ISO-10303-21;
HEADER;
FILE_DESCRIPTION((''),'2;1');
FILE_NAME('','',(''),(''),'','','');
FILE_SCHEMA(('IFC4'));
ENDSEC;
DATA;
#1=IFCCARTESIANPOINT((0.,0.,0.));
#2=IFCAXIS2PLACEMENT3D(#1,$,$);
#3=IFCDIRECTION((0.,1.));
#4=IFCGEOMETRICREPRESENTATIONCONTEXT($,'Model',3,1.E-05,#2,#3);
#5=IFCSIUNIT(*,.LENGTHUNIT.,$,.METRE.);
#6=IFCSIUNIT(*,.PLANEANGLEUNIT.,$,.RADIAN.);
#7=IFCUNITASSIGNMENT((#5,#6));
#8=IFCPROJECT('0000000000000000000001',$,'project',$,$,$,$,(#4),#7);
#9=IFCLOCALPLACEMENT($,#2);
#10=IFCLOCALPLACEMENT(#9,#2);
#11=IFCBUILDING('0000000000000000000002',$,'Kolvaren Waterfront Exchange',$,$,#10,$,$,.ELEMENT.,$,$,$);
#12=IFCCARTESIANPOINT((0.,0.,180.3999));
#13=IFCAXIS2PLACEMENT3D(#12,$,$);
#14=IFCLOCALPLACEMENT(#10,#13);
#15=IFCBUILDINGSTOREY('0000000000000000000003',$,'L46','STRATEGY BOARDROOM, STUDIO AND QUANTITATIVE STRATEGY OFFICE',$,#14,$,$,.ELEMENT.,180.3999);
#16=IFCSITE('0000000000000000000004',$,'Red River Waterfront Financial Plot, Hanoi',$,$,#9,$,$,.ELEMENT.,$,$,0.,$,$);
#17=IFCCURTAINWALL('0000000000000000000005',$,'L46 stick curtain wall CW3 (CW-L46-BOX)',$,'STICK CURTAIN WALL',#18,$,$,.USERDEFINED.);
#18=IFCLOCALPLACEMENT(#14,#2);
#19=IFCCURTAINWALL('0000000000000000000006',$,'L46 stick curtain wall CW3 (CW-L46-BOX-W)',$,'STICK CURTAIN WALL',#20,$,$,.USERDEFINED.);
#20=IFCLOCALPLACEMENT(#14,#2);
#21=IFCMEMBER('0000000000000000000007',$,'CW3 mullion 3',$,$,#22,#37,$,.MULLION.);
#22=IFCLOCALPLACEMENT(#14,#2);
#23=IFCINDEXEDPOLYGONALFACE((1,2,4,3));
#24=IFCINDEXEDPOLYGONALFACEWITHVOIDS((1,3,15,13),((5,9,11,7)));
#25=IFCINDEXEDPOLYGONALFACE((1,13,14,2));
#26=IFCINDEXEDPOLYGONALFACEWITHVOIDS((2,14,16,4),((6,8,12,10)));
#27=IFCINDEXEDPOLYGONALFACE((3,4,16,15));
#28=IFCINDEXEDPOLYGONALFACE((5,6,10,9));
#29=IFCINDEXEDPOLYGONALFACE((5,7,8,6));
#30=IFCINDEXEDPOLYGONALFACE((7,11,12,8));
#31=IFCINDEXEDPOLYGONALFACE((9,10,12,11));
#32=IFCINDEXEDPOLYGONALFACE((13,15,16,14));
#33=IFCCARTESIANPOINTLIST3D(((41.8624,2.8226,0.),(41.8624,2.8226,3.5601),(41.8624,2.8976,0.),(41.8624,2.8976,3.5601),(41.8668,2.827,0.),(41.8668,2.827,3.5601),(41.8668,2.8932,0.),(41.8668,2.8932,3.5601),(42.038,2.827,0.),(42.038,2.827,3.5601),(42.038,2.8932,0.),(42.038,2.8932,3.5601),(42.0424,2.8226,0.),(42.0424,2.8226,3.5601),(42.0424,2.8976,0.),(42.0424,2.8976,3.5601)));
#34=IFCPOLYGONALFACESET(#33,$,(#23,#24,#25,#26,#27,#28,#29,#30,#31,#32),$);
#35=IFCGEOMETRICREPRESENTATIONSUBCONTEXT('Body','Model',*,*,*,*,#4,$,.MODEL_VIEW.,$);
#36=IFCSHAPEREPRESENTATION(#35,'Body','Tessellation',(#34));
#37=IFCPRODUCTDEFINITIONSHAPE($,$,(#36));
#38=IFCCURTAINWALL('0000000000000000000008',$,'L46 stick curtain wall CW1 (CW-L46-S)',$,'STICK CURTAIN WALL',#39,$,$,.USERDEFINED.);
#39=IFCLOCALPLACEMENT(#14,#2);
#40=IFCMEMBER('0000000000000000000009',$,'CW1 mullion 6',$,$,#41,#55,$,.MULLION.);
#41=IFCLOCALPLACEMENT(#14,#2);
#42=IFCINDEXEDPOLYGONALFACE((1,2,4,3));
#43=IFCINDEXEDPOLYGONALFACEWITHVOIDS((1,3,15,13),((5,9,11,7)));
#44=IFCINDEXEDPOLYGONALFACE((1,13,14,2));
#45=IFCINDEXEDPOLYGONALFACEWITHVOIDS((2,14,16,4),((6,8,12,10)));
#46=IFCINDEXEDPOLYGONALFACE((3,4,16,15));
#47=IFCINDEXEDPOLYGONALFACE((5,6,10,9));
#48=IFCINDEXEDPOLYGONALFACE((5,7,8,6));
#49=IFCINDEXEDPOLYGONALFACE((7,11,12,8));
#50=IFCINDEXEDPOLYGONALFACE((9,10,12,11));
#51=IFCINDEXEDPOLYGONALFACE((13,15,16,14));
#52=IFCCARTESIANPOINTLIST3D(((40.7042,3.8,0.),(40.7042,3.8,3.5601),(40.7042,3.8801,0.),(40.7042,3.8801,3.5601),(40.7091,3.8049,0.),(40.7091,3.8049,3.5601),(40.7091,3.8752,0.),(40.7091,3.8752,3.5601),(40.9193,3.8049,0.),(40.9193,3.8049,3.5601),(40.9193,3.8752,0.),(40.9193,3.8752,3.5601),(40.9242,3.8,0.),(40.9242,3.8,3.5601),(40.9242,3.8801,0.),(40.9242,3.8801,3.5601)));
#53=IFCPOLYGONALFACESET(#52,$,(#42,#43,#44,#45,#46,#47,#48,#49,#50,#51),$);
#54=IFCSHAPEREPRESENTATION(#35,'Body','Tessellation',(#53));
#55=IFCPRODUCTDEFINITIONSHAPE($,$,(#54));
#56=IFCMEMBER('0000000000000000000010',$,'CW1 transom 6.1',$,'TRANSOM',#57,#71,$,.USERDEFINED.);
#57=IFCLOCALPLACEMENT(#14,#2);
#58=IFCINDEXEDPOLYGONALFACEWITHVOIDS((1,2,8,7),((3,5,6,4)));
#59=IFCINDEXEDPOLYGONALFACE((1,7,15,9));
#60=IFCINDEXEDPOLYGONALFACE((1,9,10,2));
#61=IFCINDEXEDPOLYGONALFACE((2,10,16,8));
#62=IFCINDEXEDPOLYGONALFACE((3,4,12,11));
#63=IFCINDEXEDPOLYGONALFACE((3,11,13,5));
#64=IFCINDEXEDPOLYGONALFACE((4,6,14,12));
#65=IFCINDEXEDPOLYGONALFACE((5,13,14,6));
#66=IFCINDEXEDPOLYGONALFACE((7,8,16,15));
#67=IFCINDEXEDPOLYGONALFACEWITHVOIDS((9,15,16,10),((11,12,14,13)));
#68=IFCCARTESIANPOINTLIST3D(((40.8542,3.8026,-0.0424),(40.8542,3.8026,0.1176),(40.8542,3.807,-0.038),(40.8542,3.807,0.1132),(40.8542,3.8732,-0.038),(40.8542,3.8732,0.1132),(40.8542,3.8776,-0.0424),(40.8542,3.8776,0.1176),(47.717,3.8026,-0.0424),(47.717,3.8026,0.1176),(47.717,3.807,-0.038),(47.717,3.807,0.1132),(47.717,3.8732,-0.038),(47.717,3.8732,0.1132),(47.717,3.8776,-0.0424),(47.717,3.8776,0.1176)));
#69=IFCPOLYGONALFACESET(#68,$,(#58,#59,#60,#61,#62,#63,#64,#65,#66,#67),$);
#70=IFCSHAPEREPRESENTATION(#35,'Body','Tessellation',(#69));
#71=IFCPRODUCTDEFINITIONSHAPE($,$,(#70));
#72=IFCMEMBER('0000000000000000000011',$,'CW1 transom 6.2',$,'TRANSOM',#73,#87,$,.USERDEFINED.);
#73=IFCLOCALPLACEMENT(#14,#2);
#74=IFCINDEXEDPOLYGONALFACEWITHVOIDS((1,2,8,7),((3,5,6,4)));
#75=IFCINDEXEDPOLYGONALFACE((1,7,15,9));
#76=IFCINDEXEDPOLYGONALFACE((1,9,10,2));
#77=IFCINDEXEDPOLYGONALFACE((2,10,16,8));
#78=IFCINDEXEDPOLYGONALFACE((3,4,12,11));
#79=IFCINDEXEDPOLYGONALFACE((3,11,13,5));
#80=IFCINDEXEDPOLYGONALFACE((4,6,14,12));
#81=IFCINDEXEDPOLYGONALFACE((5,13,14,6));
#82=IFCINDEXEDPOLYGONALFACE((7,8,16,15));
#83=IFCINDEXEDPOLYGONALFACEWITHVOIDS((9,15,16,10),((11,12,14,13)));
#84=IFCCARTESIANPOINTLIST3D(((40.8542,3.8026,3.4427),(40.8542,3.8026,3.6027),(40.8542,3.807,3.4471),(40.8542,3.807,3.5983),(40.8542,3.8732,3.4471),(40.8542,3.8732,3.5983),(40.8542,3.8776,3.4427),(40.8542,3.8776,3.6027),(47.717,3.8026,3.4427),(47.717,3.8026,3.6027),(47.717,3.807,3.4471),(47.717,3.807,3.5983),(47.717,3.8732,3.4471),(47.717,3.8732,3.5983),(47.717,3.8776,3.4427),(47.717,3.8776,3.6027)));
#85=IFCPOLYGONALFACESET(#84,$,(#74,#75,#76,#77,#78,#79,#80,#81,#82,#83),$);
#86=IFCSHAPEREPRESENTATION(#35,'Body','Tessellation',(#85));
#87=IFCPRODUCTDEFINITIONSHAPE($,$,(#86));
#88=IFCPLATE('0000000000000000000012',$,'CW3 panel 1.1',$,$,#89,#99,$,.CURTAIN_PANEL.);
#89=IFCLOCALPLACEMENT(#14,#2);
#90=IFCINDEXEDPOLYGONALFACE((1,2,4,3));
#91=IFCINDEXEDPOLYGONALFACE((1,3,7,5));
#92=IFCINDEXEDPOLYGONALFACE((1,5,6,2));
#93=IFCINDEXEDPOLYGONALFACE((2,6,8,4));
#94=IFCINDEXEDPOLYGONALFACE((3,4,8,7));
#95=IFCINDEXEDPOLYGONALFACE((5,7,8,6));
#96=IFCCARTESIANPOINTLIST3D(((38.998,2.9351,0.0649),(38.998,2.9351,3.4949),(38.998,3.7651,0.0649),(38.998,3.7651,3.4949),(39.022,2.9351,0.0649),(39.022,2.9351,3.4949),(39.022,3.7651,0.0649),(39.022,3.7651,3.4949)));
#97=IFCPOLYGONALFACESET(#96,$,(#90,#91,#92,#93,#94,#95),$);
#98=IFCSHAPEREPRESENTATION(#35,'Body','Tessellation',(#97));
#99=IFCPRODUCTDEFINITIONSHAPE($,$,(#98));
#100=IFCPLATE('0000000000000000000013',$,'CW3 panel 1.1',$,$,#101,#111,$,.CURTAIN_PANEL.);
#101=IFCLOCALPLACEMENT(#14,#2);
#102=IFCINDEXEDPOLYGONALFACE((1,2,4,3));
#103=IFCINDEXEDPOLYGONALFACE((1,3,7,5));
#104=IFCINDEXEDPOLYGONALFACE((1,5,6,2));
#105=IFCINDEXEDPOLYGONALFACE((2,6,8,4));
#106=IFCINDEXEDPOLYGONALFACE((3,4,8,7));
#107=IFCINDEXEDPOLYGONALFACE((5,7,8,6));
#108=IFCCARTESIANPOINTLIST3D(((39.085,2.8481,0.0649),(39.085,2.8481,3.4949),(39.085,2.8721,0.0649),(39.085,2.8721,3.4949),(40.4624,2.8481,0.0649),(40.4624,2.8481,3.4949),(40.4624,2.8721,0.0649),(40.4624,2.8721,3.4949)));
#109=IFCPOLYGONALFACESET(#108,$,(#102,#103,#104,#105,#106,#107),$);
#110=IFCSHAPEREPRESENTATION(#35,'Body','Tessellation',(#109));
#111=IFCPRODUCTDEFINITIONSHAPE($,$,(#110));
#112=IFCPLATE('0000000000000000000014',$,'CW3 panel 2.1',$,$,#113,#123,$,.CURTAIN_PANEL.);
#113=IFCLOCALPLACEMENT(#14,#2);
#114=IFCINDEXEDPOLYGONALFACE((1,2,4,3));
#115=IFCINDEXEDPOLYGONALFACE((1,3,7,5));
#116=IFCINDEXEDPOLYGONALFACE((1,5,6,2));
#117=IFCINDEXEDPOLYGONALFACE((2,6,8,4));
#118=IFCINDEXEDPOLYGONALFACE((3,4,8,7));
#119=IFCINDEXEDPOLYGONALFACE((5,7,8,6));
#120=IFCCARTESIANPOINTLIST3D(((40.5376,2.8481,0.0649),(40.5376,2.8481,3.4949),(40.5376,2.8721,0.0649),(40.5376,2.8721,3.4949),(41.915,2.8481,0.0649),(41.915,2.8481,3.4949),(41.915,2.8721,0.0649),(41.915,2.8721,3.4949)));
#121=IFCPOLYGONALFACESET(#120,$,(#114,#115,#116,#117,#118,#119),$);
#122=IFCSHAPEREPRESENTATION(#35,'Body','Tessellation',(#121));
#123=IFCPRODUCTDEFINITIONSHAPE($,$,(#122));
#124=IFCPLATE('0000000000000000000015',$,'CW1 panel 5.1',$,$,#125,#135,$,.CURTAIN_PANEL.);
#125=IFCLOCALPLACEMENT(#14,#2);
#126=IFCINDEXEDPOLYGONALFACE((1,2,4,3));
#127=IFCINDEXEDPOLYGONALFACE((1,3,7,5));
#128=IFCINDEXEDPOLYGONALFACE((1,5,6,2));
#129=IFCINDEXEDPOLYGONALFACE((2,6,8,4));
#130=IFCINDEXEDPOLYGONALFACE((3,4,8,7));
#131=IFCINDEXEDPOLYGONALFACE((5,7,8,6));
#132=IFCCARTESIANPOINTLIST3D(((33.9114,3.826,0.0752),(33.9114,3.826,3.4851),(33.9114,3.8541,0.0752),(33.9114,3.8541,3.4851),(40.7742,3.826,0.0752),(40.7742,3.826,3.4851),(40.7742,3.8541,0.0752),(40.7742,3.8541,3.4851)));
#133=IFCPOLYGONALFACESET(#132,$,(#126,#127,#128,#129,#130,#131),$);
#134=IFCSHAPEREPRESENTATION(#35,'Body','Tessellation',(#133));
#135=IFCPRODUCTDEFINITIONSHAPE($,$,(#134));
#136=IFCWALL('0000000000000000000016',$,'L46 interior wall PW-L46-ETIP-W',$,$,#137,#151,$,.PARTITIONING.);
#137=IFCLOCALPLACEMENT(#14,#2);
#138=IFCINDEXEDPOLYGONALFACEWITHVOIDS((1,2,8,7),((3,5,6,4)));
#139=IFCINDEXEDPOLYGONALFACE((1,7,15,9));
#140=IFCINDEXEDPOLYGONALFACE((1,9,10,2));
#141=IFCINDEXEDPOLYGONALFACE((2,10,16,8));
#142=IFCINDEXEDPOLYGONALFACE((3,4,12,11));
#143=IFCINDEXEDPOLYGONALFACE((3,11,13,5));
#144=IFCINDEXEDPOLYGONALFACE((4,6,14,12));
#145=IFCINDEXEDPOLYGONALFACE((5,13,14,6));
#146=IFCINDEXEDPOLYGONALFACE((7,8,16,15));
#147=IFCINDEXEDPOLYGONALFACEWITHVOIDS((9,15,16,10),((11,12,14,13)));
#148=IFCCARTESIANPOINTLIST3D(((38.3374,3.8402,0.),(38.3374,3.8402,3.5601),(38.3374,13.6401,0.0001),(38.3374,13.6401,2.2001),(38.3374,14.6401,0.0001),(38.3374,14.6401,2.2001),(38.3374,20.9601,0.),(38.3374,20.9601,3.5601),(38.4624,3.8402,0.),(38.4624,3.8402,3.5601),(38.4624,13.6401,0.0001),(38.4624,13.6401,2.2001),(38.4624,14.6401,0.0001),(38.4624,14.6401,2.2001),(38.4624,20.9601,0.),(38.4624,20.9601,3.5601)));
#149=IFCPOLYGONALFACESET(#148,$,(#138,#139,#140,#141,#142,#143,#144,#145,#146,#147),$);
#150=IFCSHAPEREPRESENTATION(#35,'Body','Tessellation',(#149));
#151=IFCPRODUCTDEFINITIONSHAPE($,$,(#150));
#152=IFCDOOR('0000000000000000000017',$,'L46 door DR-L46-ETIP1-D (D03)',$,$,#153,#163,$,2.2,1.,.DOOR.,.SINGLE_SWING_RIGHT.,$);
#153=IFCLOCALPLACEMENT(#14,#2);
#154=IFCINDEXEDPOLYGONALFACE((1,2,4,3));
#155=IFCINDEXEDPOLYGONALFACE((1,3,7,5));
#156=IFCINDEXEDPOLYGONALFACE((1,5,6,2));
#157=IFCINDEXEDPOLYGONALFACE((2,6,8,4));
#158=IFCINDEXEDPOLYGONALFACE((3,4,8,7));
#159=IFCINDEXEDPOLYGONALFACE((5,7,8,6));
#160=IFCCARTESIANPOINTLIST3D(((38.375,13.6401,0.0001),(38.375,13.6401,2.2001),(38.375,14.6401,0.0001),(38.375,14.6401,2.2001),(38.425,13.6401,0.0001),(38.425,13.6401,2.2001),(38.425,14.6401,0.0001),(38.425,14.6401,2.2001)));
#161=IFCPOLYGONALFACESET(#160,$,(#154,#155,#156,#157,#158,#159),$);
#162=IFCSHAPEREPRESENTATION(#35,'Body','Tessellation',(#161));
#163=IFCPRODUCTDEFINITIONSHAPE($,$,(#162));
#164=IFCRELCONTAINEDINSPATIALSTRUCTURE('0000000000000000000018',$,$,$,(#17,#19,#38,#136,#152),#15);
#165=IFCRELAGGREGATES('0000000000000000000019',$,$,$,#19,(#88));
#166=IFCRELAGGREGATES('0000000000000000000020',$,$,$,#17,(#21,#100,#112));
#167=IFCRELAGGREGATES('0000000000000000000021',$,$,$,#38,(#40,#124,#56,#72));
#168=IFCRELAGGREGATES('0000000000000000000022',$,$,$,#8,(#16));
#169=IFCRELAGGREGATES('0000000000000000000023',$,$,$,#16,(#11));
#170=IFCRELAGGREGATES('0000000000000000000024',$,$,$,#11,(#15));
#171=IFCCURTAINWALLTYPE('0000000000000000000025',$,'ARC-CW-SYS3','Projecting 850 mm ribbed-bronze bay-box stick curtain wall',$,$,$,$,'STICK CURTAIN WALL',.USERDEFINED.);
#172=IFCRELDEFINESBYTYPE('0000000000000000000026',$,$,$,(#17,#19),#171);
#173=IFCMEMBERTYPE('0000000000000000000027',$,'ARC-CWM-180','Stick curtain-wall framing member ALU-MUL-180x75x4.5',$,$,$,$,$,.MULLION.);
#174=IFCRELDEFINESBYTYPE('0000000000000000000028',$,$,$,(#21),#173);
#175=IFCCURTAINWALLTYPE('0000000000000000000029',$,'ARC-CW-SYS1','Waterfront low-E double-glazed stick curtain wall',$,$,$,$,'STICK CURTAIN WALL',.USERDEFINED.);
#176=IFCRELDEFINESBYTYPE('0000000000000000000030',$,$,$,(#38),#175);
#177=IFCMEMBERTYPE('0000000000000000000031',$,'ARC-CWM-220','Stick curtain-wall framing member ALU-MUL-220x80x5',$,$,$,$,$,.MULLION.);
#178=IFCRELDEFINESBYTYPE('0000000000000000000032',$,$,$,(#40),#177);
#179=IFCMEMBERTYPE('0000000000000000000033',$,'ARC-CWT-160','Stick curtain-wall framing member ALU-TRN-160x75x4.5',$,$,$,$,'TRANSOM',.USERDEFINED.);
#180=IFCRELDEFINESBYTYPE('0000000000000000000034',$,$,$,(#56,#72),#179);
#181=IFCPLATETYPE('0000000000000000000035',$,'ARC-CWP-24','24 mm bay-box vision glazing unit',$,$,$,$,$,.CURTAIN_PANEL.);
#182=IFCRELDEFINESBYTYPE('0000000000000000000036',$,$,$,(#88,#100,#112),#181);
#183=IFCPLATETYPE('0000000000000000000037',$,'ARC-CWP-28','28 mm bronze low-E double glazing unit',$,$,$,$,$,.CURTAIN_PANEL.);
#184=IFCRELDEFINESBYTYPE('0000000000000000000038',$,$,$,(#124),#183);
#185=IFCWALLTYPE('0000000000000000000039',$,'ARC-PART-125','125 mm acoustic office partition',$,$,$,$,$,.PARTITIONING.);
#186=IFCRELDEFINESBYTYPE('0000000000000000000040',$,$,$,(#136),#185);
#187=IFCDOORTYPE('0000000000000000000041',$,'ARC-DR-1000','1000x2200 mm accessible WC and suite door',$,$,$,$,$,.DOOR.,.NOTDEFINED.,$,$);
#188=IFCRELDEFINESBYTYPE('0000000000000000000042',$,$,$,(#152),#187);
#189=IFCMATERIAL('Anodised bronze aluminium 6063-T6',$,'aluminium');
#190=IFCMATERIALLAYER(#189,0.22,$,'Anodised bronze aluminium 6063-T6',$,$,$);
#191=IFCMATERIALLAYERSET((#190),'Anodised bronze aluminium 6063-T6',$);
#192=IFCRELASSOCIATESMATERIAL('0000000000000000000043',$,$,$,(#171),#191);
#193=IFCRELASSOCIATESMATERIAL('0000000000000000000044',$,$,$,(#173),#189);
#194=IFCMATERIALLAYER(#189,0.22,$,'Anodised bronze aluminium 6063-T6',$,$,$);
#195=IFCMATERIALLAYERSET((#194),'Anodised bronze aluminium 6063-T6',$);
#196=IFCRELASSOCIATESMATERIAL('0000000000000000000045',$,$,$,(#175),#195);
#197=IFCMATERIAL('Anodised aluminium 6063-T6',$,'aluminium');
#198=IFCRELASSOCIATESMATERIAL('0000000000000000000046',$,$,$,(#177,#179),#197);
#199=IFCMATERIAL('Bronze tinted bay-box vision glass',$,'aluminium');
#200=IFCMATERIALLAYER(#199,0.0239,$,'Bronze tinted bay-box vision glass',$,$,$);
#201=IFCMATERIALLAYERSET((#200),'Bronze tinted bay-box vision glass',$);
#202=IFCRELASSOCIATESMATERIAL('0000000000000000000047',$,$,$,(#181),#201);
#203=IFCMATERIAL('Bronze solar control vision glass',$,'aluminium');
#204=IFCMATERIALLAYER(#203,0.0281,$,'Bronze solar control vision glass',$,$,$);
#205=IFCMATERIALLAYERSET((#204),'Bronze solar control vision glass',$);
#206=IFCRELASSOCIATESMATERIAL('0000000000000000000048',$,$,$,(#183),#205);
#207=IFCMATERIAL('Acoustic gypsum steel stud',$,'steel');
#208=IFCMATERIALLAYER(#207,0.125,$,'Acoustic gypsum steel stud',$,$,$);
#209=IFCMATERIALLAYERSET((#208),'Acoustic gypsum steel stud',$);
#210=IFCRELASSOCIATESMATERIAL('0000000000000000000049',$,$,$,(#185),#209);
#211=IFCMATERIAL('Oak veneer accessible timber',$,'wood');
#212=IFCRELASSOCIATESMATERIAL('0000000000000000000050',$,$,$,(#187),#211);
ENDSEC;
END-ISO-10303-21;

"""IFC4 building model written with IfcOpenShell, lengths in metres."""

from ifc_helpers import new_model, si_unit, direction, frame, frame_2d, origin, origin_with_axes, origin_2d, place, context, subcontext, project, spatial, rectangle, hollow_rectangle, extrude, source, transform, mapped, material, layer, layer_set, material_profile, profile_set, type_object, element, fill, aggregate, save


model = new_model("IFC4")

# Units and contexts
model_context = context("Model", 3, precision=1e-05, world=origin(), true_north=direction((0.0, 1.0)))
body_context = subcontext(model_context, "Body", "Model", "MODEL_VIEW")
ifc_project = project(units=[si_unit("LENGTHUNIT", "METRE"), si_unit("PLANEANGLEUNIT", "RADIAN")], contexts=[model_context])

# Site, building, storey
site_placement = place(None, origin())
site = spatial("IfcSite", under=ifc_project, at=site_placement, Name="Red River Waterfront Financial Plot, Hanoi", CompositionType="ELEMENT", RefElevation=0.0)
building_placement = place(site_placement, origin())
building = spatial("IfcBuilding", under=site, at=building_placement, Name="Kolvaren Waterfront Exchange", CompositionType="ELEMENT")
storey_placement = place(building_placement, frame((0.0, 0.0, 180.3999)))
storey = spatial("IfcBuildingStorey", under=building, at=storey_placement, Name="L46", Description="STRATEGY BOARDROOM, STUDIO AND QUANTITATIVE STRATEGY OFFICE", CompositionType="ELEMENT", Elevation=180.3999)

# Curtain walls
ifc_material_1 = material(Name="Anodised bronze aluminium 6063-T6", Category="aluminium")
ifc_layer_1 = layer(ifc_material_1, 0.22, Name="Anodised bronze aluminium 6063-T6")
ifc_layer_set_1 = layer_set([ifc_layer_1], Name="Anodised bronze aluminium 6063-T6")
curtain_wall_type_1 = type_object("IfcCurtainWallType", Name="ARC-CW-SYS3", Description="Projecting 850 mm ribbed-bronze bay-box stick curtain wall", ElementType="STICK CURTAIN WALL", PredefinedType="USERDEFINED", material=ifc_layer_set_1)
curtain_wall_1_placement = place(storey_placement, origin())
curtain_wall_1 = element("IfcCurtainWall", 1, at=curtain_wall_1_placement, inside=storey, type_object=curtain_wall_type_1, Name="L46 stick curtain wall CW3 (CW-L46-BOX)", ObjectType="STICK CURTAIN WALL", PredefinedType="USERDEFINED")
curtain_wall_2_placement = place(storey_placement, origin())
curtain_wall_2 = element("IfcCurtainWall", 2, at=curtain_wall_2_placement, inside=storey, type_object=curtain_wall_type_1, Name="L46 stick curtain wall CW3 (CW-L46-BOX-W)", ObjectType="STICK CURTAIN WALL", PredefinedType="USERDEFINED")
ifc_material_profile_1 = material_profile(ifc_material_1, hollow_rectangle(XDim=0.075, YDim=0.1799, WallThickness=0.0044, at=origin_2d()), Name="ALU-MUL-180x75x4.5")
ifc_profile_set_1 = profile_set([ifc_material_profile_1], Name="Anodised bronze aluminium 6063-T6")
member_type_1 = type_object("IfcMemberType", Name="ARC-CWM-180", Description="Stick curtain-wall framing member ALU-MUL-180x75x4.5", PredefinedType="MULLION", material=ifc_profile_set_1)
shared_shape_1 = source(origin_with_axes(), body_context, "Body", "SweptSolid", [
    extrude(hollow_rectangle(XDim=0.075, YDim=0.1799, WallThickness=0.0044, at=origin_2d()), origin(), (0.0, 0.0, 1.0), 3.5601),
])

# Member
member_1_placement = place(storey_placement, frame((41.9524, 2.8601, 0.0), z_axis=(0.0, 0.0, 1.0), x_axis=(0.0, 1.0, 0.0)))
member_1 = element("IfcMember", 3, at=member_1_placement, type_object=member_type_1, Name="CW3 mullion 3", PredefinedType="MULLION", context=body_context, shape_type="MappedRepresentation", body=[
    mapped(shared_shape_1, transform((0.0, 0.0, 0.0), x_axis=(1.0, 0.0, 0.0), y_axis=(0.0, 1.0, 0.0), z_axis=(0.0, 0.0, 1.0), scale=1.0)),
])

# Curtain wall, members
ifc_layer_2 = layer(ifc_material_1, 0.22, Name="Anodised bronze aluminium 6063-T6")
ifc_layer_set_2 = layer_set([ifc_layer_2], Name="Anodised bronze aluminium 6063-T6")
curtain_wall_type_2 = type_object("IfcCurtainWallType", Name="ARC-CW-SYS1", Description="Waterfront low-E double-glazed stick curtain wall", ElementType="STICK CURTAIN WALL", PredefinedType="USERDEFINED", material=ifc_layer_set_2)
curtain_wall_3_placement = place(storey_placement, origin())
curtain_wall_3 = element("IfcCurtainWall", 4, at=curtain_wall_3_placement, inside=storey, type_object=curtain_wall_type_2, Name="L46 stick curtain wall CW1 (CW-L46-S)", ObjectType="STICK CURTAIN WALL", PredefinedType="USERDEFINED")
ifc_material_2 = material(Name="Anodised aluminium 6063-T6", Category="aluminium")
ifc_material_profile_2 = material_profile(ifc_material_2, hollow_rectangle(XDim=0.0801, YDim=0.22, WallThickness=0.0049, at=origin_2d()), Name="ALU-MUL-220x80x5")
ifc_profile_set_2 = profile_set([ifc_material_profile_2], Name="Anodised aluminium 6063-T6")
member_type_2 = type_object("IfcMemberType", Name="ARC-CWM-220", Description="Stick curtain-wall framing member ALU-MUL-220x80x5", PredefinedType="MULLION", material=ifc_profile_set_2)
shared_shape_2 = source(origin_with_axes(), body_context, "Body", "SweptSolid", [
    extrude(hollow_rectangle(XDim=0.0801, YDim=0.22, WallThickness=0.0049, at=origin_2d()), origin(), (0.0, 0.0, 1.0), 3.5601),
])
member_2_placement = place(storey_placement, frame((40.8142, 3.8401, 0.0), z_axis=(0.0, 0.0, 1.0), x_axis=(0.0, 1.0, 0.0)))
member_2 = element("IfcMember", 5, at=member_2_placement, type_object=member_type_2, Name="CW1 mullion 6", PredefinedType="MULLION", context=body_context, shape_type="MappedRepresentation", body=[
    mapped(shared_shape_2, transform((0.0, 0.0, 0.0), x_axis=(1.0, 0.0, 0.0), y_axis=(0.0, 1.0, 0.0), z_axis=(0.0, 0.0, 1.0), scale=1.0)),
])
ifc_material_profile_3 = material_profile(ifc_material_2, hollow_rectangle(XDim=0.075, YDim=0.1599, WallThickness=0.0044, at=origin_2d()), Name="ALU-TRN-160x75x4.5")
ifc_profile_set_3 = profile_set([ifc_material_profile_3], Name="Anodised aluminium 6063-T6")
member_type_3 = type_object("IfcMemberType", Name="ARC-CWT-160", Description="Stick curtain-wall framing member ALU-TRN-160x75x4.5", ElementType="TRANSOM", PredefinedType="USERDEFINED", material=ifc_profile_set_3)
shared_shape_3 = source(origin_with_axes(), body_context, "Body", "SweptSolid", [
    extrude(hollow_rectangle(XDim=0.075, YDim=0.1599, WallThickness=0.0044, at=origin_2d()), origin(), (0.0, 0.0, 1.0), 6.8628),
])
member_3_placement = place(storey_placement, frame((40.8542, 3.8401, 0.0376), z_axis=(1.0, 0.0, 0.0), x_axis=(0.0, 1.0, 0.0)))
member_3 = element("IfcMember", 6, at=member_3_placement, type_object=member_type_3, Name="CW1 transom 6.1", ObjectType="TRANSOM", PredefinedType="USERDEFINED", context=body_context, shape_type="MappedRepresentation", body=[
    mapped(shared_shape_3, transform((0.0, 0.0, 0.0), x_axis=(1.0, 0.0, 0.0), y_axis=(0.0, 1.0, 0.0), z_axis=(0.0, 0.0, 1.0), scale=1.0)),
])
member_4_placement = place(storey_placement, frame((40.8542, 3.8401, 3.5227), z_axis=(1.0, 0.0, 0.0), x_axis=(0.0, 1.0, 0.0)))
member_4 = element("IfcMember", 7, at=member_4_placement, type_object=member_type_3, Name="CW1 transom 6.2", ObjectType="TRANSOM", PredefinedType="USERDEFINED", context=body_context, shape_type="MappedRepresentation", body=[
    mapped(shared_shape_3, transform((0.0, 0.0, 0.0), x_axis=(1.0, 0.0, 0.0), y_axis=(0.0, 1.0, 0.0), z_axis=(0.0, 0.0, 1.0), scale=1.0)),
])

# Plates
ifc_material_3 = material(Name="Bronze tinted bay-box vision glass", Category="aluminium")
ifc_layer_3 = layer(ifc_material_3, 0.0239, Name="Bronze tinted bay-box vision glass")
ifc_layer_set_3 = layer_set([ifc_layer_3], Name="Bronze tinted bay-box vision glass")
plate_type_1 = type_object("IfcPlateType", Name="ARC-CWP-24", Description="24 mm bay-box vision glazing unit", PredefinedType="CURTAIN_PANEL", material=ifc_layer_set_3)
shared_shape_4 = source(origin_with_axes(), body_context, "Body", "SweptSolid", [
    extrude(rectangle(XDim=0.8301, YDim=0.0239, at=origin_2d()), origin(), (0.0, 0.0, 1.0), 3.4299),
])
plate_1_placement = place(storey_placement, frame((39.01, 3.3501, 0.0649), z_axis=(0.0, 0.0, 1.0), x_axis=(0.0, -1.0, 0.0)))
plate_1 = element("IfcPlate", 8, at=plate_1_placement, type_object=plate_type_1, Name="CW3 panel 1.1", PredefinedType="CURTAIN_PANEL", context=body_context, shape_type="MappedRepresentation", body=[
    mapped(shared_shape_4, transform((0.0, 0.0, 0.0), x_axis=(1.0, 0.0, 0.0), y_axis=(0.0, 1.0, 0.0), z_axis=(0.0, 0.0, 1.0), scale=1.0)),
])
aggregate(curtain_wall_2, [plate_1])
shared_shape_5 = source(origin_with_axes(), body_context, "Body", "SweptSolid", [
    extrude(rectangle(XDim=1.3774, YDim=0.0239, at=origin_2d()), origin(), (0.0, 0.0, 1.0), 3.4299),
])
plate_2_placement = place(storey_placement, frame((39.7737, 2.8601, 0.0649), z_axis=(0.0, 0.0, 1.0), x_axis=(1.0, 0.0, 0.0)))
plate_2 = element("IfcPlate", 9, at=plate_2_placement, type_object=plate_type_1, Name="CW3 panel 1.1", PredefinedType="CURTAIN_PANEL", context=body_context, shape_type="MappedRepresentation", body=[
    mapped(shared_shape_5, transform((0.0, 0.0, 0.0), x_axis=(1.0, 0.0, 0.0), y_axis=(0.0, 1.0, 0.0), z_axis=(0.0, 0.0, 1.0), scale=1.0)),
])
plate_3_placement = place(storey_placement, frame((41.2263, 2.8601, 0.0649), z_axis=(0.0, 0.0, 1.0), x_axis=(1.0, 0.0, 0.0)))
plate_3 = element("IfcPlate", 10, at=plate_3_placement, type_object=plate_type_1, Name="CW3 panel 2.1", PredefinedType="CURTAIN_PANEL", context=body_context, shape_type="MappedRepresentation", body=[
    mapped(shared_shape_5, transform((0.0, 0.0, 0.0), x_axis=(1.0, 0.0, 0.0), y_axis=(0.0, 1.0, 0.0), z_axis=(0.0, 0.0, 1.0), scale=1.0)),
])
aggregate(curtain_wall_1, [member_1, plate_2, plate_3])
ifc_material_4 = material(Name="Bronze solar control vision glass", Category="aluminium")
ifc_layer_4 = layer(ifc_material_4, 0.0281, Name="Bronze solar control vision glass")
ifc_layer_set_4 = layer_set([ifc_layer_4], Name="Bronze solar control vision glass")
plate_type_2 = type_object("IfcPlateType", Name="ARC-CWP-28", Description="28 mm bronze low-E double glazing unit", PredefinedType="CURTAIN_PANEL", material=ifc_layer_set_4)
shared_shape_6 = source(origin_with_axes(), body_context, "Body", "SweptSolid", [
    extrude(rectangle(XDim=6.8628, YDim=0.0281, at=origin_2d()), origin(), (0.0, 0.0, 1.0), 3.4099),
])
plate_4_placement = place(storey_placement, frame((37.3428, 3.8401, 0.0752), z_axis=(0.0, 0.0, 1.0), x_axis=(1.0, 0.0, 0.0)))
plate_4 = element("IfcPlate", 11, at=plate_4_placement, type_object=plate_type_2, Name="CW1 panel 5.1", PredefinedType="CURTAIN_PANEL", context=body_context, shape_type="MappedRepresentation", body=[
    mapped(shared_shape_6, transform((0.0, 0.0, 0.0), x_axis=(1.0, 0.0, 0.0), y_axis=(0.0, 1.0, 0.0), z_axis=(0.0, 0.0, 1.0), scale=1.0)),
])
aggregate(curtain_wall_3, [member_2, plate_4, member_3, member_4])

# Wall, opening, door
ifc_material_5 = material(Name="Acoustic gypsum steel stud", Category="steel")
ifc_layer_5 = layer(ifc_material_5, 0.125, Name="Acoustic gypsum steel stud")
ifc_layer_set_5 = layer_set([ifc_layer_5], Name="Acoustic gypsum steel stud")
wall_type = type_object("IfcWallType", Name="ARC-PART-125", Description="125 mm acoustic office partition", PredefinedType="PARTITIONING", material=ifc_layer_set_5)
wall_placement = place(storey_placement, frame((38.3999, 3.8401, 0.0), z_axis=(0.0, 0.0, 1.0), x_axis=(0.0, 1.0, 0.0)))
wall = element("IfcWall", 12, at=wall_placement, inside=storey, type_object=wall_type, Name="L46 interior wall PW-L46-ETIP-W", PredefinedType="PARTITIONING", context=body_context, shape_type="SweptSolid", body=[
    extrude(rectangle(XDim=17.1199, YDim=0.125, at=frame_2d((8.5601, 0.0))), origin(), (0.0, 0.0, 1.0), 3.5601),
])
opening_placement = place(wall_placement, frame((9.8, 0.0, 0.0)))
opening = element("IfcOpeningElement", 13, at=opening_placement, cuts=wall, PredefinedType="OPENING", context=body_context, shape_type="SweptSolid", body=[
    extrude(rectangle(XDim=1.0, YDim=2.2, at=frame_2d((0.5, 1.1001))), frame((0.0, 0.0725, 0.0), z_axis=(0.0, -1.0, 0.0), x_axis=(1.0, 0.0, 0.0)), (0.0, 0.0, 1.0), 0.145),
])
ifc_material_6 = material(Name="Oak veneer accessible timber", Category="wood")
door_type = type_object("IfcDoorType", Name="ARC-DR-1000", Description="1000x2200 mm accessible WC and suite door", OperationType="NOTDEFINED", PredefinedType="DOOR", material=ifc_material_6)
door_placement = place(opening_placement, origin())
door = element("IfcDoor", 14, at=door_placement, inside=storey, type_object=door_type, Name="L46 door DR-L46-ETIP1-D (D03)", OperationType="SINGLE_SWING_RIGHT", OverallHeight=2.2, OverallWidth=1.0, PredefinedType="DOOR", context=body_context, shape_type="SweptSolid", body=[
    extrude(rectangle(XDim=1.0, YDim=2.2, at=frame_2d((0.5, 1.1001))), frame((0.0, 0.0249, 0.0), z_axis=(0.0, -1.0, 0.0), x_axis=(1.0, 0.0, 0.0)), (0.0, 0.0, 1.0), 0.05),
])
fill(opening, door)

save(model, "model.ifc")
